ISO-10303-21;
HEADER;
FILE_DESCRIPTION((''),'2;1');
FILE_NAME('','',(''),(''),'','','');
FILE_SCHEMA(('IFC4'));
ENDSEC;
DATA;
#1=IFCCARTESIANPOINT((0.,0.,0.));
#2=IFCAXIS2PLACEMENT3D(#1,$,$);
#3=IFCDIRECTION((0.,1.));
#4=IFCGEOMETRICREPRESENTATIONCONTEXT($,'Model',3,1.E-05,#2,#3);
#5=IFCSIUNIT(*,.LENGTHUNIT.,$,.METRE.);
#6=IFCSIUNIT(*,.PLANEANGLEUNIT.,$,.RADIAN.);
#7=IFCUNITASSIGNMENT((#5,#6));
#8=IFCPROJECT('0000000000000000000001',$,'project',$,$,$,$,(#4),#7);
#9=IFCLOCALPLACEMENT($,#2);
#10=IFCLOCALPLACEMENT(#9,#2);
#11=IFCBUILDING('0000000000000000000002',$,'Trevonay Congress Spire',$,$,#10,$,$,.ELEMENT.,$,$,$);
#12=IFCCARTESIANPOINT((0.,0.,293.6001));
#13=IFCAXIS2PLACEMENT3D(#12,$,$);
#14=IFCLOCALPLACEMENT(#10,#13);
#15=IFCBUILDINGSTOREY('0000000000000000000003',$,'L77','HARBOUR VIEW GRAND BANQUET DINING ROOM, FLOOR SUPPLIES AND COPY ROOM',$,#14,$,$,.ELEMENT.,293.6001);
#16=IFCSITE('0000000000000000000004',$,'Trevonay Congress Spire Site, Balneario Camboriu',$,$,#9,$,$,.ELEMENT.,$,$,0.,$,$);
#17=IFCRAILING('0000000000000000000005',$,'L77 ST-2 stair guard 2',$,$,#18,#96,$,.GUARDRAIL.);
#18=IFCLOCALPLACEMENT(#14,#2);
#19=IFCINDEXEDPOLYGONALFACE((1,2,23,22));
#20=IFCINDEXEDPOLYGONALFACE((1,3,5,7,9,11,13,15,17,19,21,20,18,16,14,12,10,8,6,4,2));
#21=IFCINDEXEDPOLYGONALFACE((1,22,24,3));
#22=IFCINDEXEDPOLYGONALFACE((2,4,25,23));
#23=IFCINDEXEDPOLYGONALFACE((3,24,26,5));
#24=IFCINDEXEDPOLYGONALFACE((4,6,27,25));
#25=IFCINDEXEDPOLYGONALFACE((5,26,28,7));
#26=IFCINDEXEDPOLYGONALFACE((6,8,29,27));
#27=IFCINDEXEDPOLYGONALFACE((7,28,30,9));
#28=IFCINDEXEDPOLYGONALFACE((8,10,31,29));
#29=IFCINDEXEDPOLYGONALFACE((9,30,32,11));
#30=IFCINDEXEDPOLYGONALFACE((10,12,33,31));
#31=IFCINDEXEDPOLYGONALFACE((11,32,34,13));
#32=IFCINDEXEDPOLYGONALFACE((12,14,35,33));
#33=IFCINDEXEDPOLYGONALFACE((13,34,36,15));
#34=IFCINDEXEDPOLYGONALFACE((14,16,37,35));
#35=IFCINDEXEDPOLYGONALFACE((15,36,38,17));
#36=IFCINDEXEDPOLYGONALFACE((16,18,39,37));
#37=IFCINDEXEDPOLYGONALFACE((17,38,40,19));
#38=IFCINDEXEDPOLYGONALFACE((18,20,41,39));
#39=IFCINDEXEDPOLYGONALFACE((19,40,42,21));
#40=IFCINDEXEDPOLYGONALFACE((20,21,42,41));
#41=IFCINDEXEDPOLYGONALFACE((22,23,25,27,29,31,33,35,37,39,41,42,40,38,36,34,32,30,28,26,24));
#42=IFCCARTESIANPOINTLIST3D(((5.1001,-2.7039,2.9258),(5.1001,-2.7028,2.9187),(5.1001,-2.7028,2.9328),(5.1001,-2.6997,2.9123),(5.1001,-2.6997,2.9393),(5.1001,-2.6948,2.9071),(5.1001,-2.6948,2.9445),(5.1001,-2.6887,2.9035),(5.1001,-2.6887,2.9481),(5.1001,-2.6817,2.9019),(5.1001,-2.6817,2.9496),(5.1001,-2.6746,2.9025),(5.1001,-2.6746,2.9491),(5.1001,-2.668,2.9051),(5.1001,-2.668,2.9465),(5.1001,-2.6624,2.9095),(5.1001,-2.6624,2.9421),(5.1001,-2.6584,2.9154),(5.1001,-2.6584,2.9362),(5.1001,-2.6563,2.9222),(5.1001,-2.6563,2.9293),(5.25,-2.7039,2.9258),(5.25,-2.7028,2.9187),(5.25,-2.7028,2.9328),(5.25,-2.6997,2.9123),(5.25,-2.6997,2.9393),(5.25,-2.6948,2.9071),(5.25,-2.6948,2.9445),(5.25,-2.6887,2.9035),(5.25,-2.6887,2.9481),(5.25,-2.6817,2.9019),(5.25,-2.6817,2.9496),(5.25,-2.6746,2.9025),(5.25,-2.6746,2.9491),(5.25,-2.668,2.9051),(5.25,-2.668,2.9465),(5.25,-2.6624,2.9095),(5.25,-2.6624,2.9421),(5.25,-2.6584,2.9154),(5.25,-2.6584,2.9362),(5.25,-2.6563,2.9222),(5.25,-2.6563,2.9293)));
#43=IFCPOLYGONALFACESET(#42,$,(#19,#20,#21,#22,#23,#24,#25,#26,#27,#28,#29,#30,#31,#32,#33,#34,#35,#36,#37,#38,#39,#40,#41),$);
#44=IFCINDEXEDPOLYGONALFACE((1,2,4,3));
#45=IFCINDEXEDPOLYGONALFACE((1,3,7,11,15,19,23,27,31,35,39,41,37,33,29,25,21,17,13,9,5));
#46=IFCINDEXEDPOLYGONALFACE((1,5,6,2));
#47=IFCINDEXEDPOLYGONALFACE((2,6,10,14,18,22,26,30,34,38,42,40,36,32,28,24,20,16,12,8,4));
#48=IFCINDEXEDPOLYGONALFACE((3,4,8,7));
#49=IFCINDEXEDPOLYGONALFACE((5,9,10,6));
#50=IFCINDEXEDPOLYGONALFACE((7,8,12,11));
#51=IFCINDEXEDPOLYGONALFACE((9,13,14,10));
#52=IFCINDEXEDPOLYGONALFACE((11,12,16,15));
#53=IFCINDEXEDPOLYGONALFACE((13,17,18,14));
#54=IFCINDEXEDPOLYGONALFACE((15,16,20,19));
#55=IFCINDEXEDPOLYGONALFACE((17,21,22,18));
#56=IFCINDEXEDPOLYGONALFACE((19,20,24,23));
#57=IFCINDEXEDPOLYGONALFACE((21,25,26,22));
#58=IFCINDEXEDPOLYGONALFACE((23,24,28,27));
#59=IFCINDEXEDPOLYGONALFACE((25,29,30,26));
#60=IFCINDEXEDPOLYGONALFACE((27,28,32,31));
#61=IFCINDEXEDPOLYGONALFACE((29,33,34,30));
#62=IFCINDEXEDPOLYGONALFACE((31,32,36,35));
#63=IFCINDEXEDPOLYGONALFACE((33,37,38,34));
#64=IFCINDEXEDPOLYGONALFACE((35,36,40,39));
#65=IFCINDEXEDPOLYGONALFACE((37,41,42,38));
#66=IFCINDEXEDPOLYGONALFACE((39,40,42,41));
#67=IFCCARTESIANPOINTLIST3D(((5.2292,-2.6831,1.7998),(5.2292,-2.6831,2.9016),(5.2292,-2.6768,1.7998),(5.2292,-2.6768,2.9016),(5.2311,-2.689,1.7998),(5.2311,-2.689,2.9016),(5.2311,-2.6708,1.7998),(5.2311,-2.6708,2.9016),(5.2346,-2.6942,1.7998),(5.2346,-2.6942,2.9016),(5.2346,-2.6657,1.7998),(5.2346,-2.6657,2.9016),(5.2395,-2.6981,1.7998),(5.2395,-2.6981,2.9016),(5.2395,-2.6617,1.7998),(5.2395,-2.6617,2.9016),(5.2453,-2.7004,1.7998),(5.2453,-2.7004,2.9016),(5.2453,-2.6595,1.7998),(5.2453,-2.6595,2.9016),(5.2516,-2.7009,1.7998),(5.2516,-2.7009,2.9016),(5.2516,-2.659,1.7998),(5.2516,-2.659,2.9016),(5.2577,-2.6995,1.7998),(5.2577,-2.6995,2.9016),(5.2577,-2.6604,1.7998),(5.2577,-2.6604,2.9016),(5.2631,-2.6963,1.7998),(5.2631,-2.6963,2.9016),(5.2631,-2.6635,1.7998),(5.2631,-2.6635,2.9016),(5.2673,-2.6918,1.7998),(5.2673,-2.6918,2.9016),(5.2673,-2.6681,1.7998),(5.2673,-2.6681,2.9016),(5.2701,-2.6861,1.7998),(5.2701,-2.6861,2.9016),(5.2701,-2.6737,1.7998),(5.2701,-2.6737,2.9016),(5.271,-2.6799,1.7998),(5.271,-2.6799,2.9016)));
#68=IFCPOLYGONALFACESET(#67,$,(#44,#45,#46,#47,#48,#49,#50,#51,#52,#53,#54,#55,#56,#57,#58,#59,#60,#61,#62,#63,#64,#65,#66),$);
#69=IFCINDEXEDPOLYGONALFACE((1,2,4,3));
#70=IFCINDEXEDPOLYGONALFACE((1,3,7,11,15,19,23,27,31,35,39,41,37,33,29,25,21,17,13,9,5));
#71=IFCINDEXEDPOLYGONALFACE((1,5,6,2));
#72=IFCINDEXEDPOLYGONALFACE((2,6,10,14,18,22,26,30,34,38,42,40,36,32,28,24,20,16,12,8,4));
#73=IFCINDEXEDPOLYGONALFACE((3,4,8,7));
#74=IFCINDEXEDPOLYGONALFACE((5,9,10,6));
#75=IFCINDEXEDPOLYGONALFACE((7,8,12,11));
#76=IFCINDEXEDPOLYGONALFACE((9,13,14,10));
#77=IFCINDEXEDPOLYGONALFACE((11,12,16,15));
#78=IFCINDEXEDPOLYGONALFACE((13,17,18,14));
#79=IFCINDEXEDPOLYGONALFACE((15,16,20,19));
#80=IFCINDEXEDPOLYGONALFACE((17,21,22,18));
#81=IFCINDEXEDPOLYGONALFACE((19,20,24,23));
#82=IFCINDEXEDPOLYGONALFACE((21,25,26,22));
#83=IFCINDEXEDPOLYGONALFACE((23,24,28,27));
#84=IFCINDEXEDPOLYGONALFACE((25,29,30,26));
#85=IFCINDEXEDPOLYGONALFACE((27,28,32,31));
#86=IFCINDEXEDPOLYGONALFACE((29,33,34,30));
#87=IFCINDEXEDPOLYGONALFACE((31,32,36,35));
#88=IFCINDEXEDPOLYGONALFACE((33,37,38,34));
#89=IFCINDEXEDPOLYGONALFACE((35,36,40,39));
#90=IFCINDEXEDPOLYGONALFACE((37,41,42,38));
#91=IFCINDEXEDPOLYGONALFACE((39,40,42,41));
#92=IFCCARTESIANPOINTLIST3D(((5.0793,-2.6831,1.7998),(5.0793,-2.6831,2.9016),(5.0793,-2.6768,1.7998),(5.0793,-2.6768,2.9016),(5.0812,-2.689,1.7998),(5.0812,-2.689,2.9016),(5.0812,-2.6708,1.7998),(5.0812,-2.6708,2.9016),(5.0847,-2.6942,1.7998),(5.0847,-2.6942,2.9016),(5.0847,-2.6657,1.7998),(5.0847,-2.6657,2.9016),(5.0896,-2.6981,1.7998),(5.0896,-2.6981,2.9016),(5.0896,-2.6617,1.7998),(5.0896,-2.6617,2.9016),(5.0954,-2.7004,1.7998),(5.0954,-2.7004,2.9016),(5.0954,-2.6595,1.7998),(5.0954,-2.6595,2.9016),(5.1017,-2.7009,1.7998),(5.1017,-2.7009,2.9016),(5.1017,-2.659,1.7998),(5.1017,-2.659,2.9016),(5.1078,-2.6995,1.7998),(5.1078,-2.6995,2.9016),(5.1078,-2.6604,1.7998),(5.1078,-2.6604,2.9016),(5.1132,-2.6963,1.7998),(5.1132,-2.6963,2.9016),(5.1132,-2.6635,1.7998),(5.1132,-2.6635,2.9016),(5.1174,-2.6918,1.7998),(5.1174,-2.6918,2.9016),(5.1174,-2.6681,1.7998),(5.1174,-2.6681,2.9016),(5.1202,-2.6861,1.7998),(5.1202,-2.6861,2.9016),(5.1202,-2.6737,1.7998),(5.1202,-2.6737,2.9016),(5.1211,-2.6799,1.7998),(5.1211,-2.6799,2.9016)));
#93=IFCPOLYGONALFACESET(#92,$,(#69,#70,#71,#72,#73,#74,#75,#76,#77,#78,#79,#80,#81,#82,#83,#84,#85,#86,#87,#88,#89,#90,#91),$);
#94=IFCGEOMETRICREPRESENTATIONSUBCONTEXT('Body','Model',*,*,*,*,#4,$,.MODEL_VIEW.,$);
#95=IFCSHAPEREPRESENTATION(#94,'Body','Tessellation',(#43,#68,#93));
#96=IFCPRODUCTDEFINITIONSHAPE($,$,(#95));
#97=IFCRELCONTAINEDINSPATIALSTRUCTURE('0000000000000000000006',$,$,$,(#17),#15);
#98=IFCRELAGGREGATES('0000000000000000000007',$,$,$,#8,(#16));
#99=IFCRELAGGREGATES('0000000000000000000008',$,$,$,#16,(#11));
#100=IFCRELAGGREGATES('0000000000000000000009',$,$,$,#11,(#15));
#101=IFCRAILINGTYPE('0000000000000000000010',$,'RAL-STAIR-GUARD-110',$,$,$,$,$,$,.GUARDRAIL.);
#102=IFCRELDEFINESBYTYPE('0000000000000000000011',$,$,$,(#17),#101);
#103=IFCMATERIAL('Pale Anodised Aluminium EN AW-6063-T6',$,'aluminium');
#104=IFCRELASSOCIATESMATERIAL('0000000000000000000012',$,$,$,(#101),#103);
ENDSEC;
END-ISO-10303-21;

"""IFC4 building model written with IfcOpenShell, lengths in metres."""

from ifc_helpers import new_model, si_unit, direction, frame, origin, origin_2d, place, context, subcontext, project, spatial, circle, extrude, material, type_object, element, save


model = new_model("IFC4")

# Units and contexts
model_context = context("Model", 3, precision=1e-05, world=origin(), true_north=direction((0.0, 1.0)))
body_context = subcontext(model_context, "Body", "Model", "MODEL_VIEW")
ifc_project = project(units=[si_unit("LENGTHUNIT", "METRE"), si_unit("PLANEANGLEUNIT", "RADIAN")], contexts=[model_context])

# Site, building, storey
site_placement = place(None, origin())
site = spatial("IfcSite", under=ifc_project, at=site_placement, Name="Trevonay Congress Spire Site, Balneario Camboriu", CompositionType="ELEMENT", RefElevation=0.0)
building_placement = place(site_placement, origin())
building = spatial("IfcBuilding", under=site, at=building_placement, Name="Trevonay Congress Spire", CompositionType="ELEMENT")
storey_placement = place(building_placement, frame((0.0, 0.0, 293.6001)))
storey = spatial("IfcBuildingStorey", under=building, at=storey_placement, Name="L77", Description="HARBOUR VIEW GRAND BANQUET DINING ROOM, FLOOR SUPPLIES AND COPY ROOM", CompositionType="ELEMENT", Elevation=293.6001)

# Shared definitions
ifc_material_1 = material(Name="Pale Anodised Aluminium EN AW-6063-T6", Category="aluminium")

# Railing
railing_type_1 = type_object("IfcRailingType", Name="RAL-STAIR-GUARD-110", PredefinedType="GUARDRAIL", material=ifc_material_1)
railing_1_placement = place(storey_placement, frame((5.25, -2.6799, 1.7998)))
element("IfcRailing", 1, at=railing_1_placement, inside=storey, type_object=railing_type_1, Name="L77 ST-2 stair guard 2", PredefinedType="GUARDRAIL", context=body_context, shape_type="SweptSolid", body=[
    extrude(circle(Radius=0.0239, at=origin_2d()), frame((0.0, 0.0, 1.126), z_axis=(-1.0, 0.0, 0.0), x_axis=(0.0, -1.0, 0.0)), (0.0, 0.0, 1.0), 0.1499),
    extrude(circle(Radius=0.021, at=origin_2d()), origin(), (0.0, 0.0, 1.0), 1.1018),
    extrude(circle(Radius=0.021, at=origin_2d()), frame((-0.1499, 0.0, 0.0)), (0.0, 0.0, 1.0), 1.1018),
])

save(model, "model.ifc")
